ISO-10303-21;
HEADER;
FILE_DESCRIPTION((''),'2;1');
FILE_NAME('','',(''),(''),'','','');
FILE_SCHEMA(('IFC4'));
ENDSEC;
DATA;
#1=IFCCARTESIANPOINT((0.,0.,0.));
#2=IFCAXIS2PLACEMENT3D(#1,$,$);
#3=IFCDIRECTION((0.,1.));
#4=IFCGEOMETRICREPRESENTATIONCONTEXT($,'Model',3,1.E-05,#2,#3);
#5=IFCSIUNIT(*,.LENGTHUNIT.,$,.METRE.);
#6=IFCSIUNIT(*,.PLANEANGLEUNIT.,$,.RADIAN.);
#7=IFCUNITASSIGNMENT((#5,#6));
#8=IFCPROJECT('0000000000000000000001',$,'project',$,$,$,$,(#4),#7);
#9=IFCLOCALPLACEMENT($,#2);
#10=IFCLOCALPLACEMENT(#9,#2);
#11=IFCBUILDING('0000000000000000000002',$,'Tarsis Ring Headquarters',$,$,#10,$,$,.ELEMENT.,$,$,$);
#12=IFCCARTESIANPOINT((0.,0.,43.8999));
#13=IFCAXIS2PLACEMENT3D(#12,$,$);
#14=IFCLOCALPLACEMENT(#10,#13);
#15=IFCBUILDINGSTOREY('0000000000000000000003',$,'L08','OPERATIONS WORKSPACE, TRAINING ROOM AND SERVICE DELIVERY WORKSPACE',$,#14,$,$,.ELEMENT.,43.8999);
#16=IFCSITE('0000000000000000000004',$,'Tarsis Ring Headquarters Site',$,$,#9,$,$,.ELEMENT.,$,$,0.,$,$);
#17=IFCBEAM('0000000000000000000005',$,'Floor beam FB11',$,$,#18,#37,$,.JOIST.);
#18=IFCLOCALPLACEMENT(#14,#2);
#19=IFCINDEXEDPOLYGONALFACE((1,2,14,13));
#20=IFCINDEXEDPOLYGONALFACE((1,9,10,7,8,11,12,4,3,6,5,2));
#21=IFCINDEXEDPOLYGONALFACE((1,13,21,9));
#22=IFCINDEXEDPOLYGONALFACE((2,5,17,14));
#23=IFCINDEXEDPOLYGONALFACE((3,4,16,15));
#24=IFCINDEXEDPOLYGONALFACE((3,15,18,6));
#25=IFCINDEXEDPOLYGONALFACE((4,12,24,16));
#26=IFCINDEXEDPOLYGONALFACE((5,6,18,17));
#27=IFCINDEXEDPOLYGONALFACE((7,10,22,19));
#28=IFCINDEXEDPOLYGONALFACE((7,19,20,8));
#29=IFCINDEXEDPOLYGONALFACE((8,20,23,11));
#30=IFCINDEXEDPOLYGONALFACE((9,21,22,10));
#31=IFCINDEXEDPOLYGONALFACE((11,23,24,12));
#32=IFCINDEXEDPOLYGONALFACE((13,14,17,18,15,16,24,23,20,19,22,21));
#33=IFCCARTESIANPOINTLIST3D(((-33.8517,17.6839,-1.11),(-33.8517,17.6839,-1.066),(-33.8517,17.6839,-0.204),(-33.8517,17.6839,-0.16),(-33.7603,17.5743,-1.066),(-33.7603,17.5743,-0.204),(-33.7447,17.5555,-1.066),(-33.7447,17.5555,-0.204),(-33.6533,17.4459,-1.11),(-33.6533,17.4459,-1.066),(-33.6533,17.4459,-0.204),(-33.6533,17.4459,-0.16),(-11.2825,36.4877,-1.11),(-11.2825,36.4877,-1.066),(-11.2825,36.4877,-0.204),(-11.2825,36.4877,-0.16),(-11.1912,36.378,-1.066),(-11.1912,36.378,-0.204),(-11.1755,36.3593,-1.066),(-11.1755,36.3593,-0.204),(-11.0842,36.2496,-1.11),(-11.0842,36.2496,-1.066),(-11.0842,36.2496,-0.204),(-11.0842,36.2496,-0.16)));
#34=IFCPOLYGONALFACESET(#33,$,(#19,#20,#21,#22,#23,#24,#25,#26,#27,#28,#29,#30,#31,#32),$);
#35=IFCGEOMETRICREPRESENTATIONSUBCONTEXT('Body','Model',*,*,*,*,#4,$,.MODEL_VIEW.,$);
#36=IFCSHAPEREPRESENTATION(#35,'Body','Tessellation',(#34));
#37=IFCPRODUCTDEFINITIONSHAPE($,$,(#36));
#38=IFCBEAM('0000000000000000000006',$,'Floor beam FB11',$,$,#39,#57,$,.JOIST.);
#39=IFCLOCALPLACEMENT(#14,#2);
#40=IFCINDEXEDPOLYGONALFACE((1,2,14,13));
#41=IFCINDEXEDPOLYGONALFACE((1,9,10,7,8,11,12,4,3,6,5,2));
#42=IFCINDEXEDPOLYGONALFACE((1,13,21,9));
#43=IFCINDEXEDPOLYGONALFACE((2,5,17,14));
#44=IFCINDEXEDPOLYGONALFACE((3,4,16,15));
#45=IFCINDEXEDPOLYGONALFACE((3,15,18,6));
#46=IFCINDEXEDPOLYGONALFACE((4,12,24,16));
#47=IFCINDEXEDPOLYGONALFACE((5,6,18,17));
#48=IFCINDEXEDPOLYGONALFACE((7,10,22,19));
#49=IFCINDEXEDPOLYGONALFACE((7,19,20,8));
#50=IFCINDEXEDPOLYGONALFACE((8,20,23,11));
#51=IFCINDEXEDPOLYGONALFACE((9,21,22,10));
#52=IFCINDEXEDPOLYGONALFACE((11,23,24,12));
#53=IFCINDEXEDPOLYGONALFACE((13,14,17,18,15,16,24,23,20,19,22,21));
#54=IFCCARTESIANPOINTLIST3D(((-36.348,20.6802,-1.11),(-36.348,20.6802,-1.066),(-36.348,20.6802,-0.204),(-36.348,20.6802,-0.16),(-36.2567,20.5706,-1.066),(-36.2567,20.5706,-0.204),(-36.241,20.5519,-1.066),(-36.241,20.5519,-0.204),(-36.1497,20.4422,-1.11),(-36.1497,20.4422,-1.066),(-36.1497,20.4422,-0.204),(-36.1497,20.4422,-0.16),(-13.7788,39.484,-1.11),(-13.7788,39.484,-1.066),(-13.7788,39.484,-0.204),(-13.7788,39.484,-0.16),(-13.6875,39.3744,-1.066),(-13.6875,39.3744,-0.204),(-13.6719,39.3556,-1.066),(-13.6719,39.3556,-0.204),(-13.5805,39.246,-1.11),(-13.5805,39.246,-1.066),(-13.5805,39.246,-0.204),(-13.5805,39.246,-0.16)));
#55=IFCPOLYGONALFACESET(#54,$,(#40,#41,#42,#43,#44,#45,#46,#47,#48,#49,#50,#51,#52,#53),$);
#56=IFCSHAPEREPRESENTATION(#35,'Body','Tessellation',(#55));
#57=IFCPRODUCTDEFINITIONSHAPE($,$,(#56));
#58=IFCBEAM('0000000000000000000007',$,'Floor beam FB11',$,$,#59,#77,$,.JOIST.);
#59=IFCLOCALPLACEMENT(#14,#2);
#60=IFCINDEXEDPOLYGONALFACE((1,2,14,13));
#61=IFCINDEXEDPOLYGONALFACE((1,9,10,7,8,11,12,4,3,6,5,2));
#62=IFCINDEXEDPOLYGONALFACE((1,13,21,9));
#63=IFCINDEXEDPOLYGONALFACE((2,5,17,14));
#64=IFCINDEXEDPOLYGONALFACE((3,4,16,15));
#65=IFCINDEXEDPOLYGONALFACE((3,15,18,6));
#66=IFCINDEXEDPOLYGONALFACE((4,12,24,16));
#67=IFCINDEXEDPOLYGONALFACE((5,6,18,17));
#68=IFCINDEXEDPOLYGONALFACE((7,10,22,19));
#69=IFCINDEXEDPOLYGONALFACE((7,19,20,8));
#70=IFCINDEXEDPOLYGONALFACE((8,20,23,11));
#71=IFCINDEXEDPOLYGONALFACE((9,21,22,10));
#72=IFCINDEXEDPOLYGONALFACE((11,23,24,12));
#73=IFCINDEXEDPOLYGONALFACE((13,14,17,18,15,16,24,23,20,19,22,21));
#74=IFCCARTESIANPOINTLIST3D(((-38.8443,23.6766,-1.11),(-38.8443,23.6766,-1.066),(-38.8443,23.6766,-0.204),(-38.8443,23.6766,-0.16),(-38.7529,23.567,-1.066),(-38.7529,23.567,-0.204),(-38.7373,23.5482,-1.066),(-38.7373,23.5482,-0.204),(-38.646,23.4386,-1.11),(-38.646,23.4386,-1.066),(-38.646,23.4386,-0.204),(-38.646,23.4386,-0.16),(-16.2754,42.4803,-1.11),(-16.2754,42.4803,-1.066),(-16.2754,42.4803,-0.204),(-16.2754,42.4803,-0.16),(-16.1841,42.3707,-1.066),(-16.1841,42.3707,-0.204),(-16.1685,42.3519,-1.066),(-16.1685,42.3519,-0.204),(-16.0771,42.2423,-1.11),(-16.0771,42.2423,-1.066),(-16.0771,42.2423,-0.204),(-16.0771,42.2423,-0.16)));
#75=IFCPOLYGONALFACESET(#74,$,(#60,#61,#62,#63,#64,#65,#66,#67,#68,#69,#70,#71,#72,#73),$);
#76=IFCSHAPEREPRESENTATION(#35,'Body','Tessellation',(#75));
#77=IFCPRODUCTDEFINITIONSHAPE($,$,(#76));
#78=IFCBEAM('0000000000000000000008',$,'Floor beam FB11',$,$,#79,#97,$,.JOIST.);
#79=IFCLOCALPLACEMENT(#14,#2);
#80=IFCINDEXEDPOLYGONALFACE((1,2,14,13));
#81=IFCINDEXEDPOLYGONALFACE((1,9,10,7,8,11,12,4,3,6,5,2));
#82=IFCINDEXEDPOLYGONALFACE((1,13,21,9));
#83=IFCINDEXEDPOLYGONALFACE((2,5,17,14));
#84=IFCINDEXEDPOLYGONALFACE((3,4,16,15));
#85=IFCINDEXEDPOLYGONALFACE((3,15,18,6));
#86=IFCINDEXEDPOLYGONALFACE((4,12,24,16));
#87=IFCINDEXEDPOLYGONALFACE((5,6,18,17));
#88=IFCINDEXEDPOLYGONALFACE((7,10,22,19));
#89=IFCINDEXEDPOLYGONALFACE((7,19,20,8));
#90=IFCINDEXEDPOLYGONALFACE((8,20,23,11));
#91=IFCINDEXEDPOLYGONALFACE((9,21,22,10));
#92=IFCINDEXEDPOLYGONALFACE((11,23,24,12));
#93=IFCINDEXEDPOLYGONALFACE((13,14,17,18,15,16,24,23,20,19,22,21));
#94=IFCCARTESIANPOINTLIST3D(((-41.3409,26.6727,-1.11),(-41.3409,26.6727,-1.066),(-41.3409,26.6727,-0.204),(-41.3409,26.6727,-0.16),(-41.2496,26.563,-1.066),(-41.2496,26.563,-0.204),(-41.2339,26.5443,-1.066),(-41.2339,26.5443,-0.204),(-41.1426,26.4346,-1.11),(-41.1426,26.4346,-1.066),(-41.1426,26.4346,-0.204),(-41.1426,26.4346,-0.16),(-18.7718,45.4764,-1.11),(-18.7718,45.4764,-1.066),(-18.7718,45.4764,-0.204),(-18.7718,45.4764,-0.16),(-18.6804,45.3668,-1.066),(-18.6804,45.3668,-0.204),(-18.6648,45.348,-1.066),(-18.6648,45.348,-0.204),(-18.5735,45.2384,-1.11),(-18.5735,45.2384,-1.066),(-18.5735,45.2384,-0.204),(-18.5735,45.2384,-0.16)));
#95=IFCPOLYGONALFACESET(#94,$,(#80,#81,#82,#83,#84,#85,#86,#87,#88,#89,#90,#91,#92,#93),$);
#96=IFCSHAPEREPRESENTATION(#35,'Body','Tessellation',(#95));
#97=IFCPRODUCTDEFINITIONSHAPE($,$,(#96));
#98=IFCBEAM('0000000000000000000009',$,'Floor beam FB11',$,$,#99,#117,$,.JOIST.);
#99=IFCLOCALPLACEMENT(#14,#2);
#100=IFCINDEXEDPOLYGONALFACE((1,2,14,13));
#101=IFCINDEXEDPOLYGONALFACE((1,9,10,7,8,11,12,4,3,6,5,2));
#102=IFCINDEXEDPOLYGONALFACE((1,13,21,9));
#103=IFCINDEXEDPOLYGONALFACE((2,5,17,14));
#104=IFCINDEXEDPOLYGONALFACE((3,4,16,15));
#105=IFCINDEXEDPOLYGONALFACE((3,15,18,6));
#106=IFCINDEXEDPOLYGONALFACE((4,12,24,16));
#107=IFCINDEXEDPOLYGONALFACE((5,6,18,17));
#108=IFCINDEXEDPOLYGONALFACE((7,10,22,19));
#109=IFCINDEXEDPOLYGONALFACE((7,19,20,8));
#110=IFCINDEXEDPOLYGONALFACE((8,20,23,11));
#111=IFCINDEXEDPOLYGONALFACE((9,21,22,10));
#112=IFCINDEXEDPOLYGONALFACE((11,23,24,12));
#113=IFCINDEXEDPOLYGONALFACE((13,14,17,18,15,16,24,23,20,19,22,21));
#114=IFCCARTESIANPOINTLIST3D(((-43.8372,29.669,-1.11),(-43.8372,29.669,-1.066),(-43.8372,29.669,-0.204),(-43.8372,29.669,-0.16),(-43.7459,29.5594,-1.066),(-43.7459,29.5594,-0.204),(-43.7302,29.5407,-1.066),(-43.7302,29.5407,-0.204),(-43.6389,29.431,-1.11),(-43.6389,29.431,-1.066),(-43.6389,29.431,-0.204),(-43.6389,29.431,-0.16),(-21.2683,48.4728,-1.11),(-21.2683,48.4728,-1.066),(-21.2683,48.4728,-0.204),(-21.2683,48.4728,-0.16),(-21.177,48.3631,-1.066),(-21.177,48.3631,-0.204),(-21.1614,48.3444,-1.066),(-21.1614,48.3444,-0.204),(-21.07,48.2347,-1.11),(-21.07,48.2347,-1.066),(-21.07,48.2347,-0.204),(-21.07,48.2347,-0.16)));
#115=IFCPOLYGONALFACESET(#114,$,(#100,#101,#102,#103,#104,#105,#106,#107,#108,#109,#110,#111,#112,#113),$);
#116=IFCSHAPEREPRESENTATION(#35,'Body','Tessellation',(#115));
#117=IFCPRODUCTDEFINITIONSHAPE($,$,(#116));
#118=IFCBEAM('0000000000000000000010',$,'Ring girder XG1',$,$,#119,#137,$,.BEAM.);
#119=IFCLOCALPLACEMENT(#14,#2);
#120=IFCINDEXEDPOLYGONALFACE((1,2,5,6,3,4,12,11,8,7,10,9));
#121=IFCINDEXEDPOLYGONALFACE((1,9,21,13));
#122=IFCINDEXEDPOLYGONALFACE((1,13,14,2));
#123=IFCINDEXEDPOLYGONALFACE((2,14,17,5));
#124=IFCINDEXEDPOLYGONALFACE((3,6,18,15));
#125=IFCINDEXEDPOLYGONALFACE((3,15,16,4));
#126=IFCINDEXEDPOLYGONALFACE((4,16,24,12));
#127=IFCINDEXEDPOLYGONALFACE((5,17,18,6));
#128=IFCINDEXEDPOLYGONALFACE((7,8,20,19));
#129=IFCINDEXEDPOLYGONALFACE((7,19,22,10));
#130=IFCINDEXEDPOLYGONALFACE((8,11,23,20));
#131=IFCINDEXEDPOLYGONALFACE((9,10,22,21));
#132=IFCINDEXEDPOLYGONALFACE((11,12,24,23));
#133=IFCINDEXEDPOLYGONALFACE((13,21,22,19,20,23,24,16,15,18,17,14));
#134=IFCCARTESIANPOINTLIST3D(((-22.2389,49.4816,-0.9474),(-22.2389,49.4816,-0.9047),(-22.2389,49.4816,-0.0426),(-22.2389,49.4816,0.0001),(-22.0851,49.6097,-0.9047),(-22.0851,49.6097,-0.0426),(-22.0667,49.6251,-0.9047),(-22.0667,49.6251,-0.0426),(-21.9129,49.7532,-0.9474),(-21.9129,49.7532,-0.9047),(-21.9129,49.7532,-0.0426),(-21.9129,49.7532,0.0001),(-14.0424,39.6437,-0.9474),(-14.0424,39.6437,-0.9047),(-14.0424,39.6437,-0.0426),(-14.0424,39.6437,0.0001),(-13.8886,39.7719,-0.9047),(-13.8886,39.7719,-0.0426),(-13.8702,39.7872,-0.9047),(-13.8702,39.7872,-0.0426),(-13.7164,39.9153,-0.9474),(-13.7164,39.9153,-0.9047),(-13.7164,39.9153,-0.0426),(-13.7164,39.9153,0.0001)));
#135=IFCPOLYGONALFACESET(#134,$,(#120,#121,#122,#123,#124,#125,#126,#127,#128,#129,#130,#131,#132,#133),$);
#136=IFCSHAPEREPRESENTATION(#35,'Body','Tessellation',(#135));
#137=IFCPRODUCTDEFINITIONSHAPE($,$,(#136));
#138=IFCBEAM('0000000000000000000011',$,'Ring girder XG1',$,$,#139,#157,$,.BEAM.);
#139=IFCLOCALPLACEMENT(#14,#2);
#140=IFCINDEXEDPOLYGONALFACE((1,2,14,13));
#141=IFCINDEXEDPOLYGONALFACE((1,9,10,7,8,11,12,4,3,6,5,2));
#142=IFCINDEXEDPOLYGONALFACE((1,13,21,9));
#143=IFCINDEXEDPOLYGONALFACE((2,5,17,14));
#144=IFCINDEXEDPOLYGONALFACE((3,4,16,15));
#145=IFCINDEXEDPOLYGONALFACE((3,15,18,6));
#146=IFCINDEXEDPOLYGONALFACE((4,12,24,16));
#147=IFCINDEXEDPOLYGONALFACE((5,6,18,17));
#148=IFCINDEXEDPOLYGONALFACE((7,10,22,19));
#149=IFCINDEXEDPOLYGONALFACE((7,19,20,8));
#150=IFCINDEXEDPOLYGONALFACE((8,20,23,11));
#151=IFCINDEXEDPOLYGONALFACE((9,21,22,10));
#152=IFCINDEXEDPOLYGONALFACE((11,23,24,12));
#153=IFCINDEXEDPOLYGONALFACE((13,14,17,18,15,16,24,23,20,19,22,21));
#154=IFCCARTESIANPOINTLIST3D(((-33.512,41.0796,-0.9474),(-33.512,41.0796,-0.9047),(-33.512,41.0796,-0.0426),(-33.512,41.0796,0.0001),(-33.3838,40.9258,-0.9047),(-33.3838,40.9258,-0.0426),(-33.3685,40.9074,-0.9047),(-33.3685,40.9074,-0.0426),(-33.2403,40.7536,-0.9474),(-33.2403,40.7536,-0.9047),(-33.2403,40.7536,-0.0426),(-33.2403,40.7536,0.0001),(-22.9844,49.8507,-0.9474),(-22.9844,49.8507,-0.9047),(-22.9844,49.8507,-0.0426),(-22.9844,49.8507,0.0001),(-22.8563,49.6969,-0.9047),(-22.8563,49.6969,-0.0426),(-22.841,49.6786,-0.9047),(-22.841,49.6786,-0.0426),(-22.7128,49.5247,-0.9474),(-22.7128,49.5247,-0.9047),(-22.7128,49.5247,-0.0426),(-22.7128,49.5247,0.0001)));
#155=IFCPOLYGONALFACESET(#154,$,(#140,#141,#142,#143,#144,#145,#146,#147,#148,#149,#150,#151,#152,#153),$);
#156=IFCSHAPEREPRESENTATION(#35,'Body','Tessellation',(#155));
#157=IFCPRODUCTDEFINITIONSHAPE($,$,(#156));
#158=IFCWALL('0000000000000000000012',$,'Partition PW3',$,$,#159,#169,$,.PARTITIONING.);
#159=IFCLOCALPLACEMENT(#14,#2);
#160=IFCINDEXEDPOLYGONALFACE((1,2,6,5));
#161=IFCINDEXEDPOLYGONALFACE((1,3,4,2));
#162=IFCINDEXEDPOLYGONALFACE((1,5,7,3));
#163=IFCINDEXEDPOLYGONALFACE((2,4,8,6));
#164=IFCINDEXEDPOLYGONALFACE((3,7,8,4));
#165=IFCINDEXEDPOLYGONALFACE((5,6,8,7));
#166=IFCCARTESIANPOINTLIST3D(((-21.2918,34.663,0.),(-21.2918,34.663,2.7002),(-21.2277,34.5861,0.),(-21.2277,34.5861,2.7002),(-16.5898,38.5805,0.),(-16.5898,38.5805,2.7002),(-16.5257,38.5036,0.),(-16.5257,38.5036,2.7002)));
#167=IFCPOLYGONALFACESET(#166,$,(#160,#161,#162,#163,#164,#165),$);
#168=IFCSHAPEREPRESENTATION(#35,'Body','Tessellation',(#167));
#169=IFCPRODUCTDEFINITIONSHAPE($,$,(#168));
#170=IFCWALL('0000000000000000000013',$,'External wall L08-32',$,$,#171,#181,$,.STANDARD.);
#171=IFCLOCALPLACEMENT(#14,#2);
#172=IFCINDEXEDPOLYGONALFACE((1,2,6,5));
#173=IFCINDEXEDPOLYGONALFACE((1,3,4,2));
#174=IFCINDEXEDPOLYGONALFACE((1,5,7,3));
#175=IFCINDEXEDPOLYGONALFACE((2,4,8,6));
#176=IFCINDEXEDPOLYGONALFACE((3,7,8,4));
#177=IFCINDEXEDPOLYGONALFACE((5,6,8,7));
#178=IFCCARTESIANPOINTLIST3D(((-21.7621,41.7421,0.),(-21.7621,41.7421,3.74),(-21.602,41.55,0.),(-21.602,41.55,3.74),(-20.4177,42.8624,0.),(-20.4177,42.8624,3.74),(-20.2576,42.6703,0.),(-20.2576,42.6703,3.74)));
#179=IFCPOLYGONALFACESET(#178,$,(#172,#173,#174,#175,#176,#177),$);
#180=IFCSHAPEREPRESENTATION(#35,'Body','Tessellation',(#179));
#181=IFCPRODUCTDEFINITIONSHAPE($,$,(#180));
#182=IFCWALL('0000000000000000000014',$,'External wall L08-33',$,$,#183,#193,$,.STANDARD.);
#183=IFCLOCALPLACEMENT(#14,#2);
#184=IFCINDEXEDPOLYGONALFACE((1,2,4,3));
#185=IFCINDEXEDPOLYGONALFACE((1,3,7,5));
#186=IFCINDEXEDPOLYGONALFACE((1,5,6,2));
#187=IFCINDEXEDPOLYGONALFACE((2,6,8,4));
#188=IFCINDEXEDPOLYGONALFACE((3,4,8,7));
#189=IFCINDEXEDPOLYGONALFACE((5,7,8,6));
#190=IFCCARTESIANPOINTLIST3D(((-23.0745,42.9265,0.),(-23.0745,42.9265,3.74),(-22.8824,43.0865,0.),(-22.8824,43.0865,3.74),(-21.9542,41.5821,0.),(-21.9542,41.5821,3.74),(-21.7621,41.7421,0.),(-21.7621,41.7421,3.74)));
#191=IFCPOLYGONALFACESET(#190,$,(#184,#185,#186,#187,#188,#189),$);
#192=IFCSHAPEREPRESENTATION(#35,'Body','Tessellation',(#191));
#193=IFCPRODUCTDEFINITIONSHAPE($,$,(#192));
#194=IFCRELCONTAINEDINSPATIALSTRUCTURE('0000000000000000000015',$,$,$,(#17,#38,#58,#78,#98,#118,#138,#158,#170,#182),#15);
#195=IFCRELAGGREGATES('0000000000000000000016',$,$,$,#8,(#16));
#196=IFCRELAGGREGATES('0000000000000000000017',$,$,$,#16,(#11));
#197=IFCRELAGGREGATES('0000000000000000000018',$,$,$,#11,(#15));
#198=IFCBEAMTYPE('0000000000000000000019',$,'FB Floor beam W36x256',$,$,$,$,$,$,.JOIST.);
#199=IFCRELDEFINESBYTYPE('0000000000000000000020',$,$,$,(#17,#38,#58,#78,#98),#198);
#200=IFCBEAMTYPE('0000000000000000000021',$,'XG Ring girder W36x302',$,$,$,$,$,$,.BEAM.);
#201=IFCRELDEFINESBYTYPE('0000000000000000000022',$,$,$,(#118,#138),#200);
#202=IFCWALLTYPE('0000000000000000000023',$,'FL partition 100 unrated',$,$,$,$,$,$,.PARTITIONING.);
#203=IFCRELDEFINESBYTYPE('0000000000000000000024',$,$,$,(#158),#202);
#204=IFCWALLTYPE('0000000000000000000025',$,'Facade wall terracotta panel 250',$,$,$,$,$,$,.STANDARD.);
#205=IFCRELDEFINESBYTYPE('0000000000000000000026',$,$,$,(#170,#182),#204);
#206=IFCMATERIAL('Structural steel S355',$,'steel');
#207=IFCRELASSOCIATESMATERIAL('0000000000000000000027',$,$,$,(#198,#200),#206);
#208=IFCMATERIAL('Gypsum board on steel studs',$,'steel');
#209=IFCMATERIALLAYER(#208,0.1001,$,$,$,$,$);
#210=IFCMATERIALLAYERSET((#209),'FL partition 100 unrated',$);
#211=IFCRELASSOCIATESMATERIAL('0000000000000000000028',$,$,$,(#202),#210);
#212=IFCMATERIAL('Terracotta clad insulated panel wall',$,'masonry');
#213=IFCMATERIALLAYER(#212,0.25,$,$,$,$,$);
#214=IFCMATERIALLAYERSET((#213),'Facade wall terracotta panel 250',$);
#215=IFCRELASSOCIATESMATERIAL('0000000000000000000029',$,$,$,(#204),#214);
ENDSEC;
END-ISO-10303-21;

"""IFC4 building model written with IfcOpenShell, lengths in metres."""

from ifc_helpers import new_model, si_unit, direction, frame, frame_2d, origin, origin_2d, place, context, subcontext, project, spatial, rectangle, i_section, extrude, material, layer, layer_set, material_profile, profile_set, type_object, element, save


model = new_model("IFC4")

# Units and contexts
model_context = context("Model", 3, precision=1e-05, world=origin(), true_north=direction((0.0, 1.0)))
body_context = subcontext(model_context, "Body", "Model", "MODEL_VIEW")
ifc_project = project(units=[si_unit("LENGTHUNIT", "METRE"), si_unit("PLANEANGLEUNIT", "RADIAN")], contexts=[model_context])

# Site, building, storey
site_placement = place(None, origin())
site = spatial("IfcSite", under=ifc_project, at=site_placement, Name="Tarsis Ring Headquarters Site", CompositionType="ELEMENT", RefElevation=0.0)
building_placement = place(site_placement, origin())
building = spatial("IfcBuilding", under=site, at=building_placement, Name="Tarsis Ring Headquarters", CompositionType="ELEMENT")
storey_placement = place(building_placement, frame((0.0, 0.0, 43.8999)))
storey = spatial("IfcBuildingStorey", under=building, at=storey_placement, Name="L08", Description="OPERATIONS WORKSPACE, TRAINING ROOM AND SERVICE DELIVERY WORKSPACE", CompositionType="ELEMENT", Elevation=43.8999)

# Beams
ifc_material_1 = material(Name="Structural steel S355", Category="steel")
ifc_material_profile_1 = material_profile(ifc_material_1, i_section(OverallWidth=0.3098, OverallDepth=0.95, WebThickness=0.0244, FlangeThickness=0.0439, at=origin_2d()), Name="W36x256")
ifc_profile_set_1 = profile_set([ifc_material_profile_1], Name="Structural steel S355")
beam_type_1 = type_object("IfcBeamType", Name="FB Floor beam W36x256", PredefinedType="JOIST", material=ifc_profile_set_1)
for number, where, z_axis, x_axis, name in (
    (1, (-11.1833, 36.3687, -0.635), (-0.768286, -0.640107, 0.0), (0.640107, -0.768286, 0.0), "Floor beam FB11"),
    (2, (-13.6797, 39.365, -0.635), (-0.768286, -0.640107, 0.0), (0.640107, -0.768286, 0.0), "Floor beam FB11"),
):
    element("IfcBeam", number, at=place(storey_placement, frame(where, z_axis=z_axis, x_axis=x_axis)), inside=storey, type_object=beam_type_1, Name=name, PredefinedType="JOIST", context=body_context, shape_type="SweptSolid", body=[
        extrude(i_section(OverallWidth=0.3098, OverallDepth=0.95, WebThickness=0.0244, FlangeThickness=0.0439, at=origin_2d()), origin(), (0.0, 0.0, 1.0), 29.376),
    ])
beam_1_placement = place(storey_placement, frame((-16.1763, 42.3613, -0.635), z_axis=(-0.768283, -0.640111, 0.0), x_axis=(0.640111, -0.768283, 0.0)))
element("IfcBeam", 3, at=beam_1_placement, inside=storey, type_object=beam_type_1, Name="Floor beam FB11", PredefinedType="JOIST", context=body_context, shape_type="SweptSolid", body=[
    extrude(i_section(OverallWidth=0.3098, OverallDepth=0.95, WebThickness=0.0244, FlangeThickness=0.0439, at=origin_2d()), origin(), (0.0, 0.0, 1.0), 29.3757),
])
beam_2_placement = place(storey_placement, frame((-18.6726, 45.3574, -0.635), z_axis=(-0.768286, -0.640107, 0.0), x_axis=(0.640107, -0.768286, 0.0)))
element("IfcBeam", 4, at=beam_2_placement, inside=storey, type_object=beam_type_1, Name="Floor beam FB11", PredefinedType="JOIST", context=body_context, shape_type="SweptSolid", body=[
    extrude(i_section(OverallWidth=0.3098, OverallDepth=0.95, WebThickness=0.0244, FlangeThickness=0.0439, at=origin_2d()), origin(), (0.0, 0.0, 1.0), 29.376),
])
beam_3_placement = place(storey_placement, frame((-21.1692, 48.3538, -0.635), z_axis=(-0.768283, -0.640111, 0.0), x_axis=(0.640111, -0.768283, 0.0)))
element("IfcBeam", 5, at=beam_3_placement, inside=storey, type_object=beam_type_1, Name="Floor beam FB11", PredefinedType="JOIST", context=body_context, shape_type="SweptSolid", body=[
    extrude(i_section(OverallWidth=0.3098, OverallDepth=0.95, WebThickness=0.0244, FlangeThickness=0.0439, at=origin_2d()), origin(), (0.0, 0.0, 1.0), 29.3757),
])
ifc_material_profile_2 = material_profile(ifc_material_1, i_section(OverallWidth=0.4243, OverallDepth=0.9475, WebThickness=0.0239, FlangeThickness=0.0427, at=origin_2d()), Name="W36x302")
ifc_profile_set_2 = profile_set([ifc_material_profile_2], Name="Structural steel S355")
beam_type_2 = type_object("IfcBeamType", Name="XG Ring girder W36x302", PredefinedType="BEAM", material=ifc_profile_set_2)
beam_4_placement = place(storey_placement, frame((-13.8794, 39.7795, -0.4736), z_axis=(-0.640106, 0.768287, 0.0), x_axis=(-0.768287, -0.640106, 0.0)))
element("IfcBeam", 6, at=beam_4_placement, inside=storey, type_object=beam_type_2, Name="Ring girder XG1", PredefinedType="BEAM", context=body_context, shape_type="SweptSolid", body=[
    extrude(i_section(OverallWidth=0.4243, OverallDepth=0.9475, WebThickness=0.0239, FlangeThickness=0.0427, at=origin_2d()), origin(), (0.0, 0.0, 1.0), 12.8049),
])
beam_5_placement = place(storey_placement, frame((-22.8486, 49.6877, -0.4736), z_axis=(-0.768284, -0.640109, 0.0), x_axis=(0.640109, -0.768284, 0.0)))
element("IfcBeam", 7, at=beam_5_placement, inside=storey, type_object=beam_type_2, Name="Ring girder XG1", PredefinedType="BEAM", context=body_context, shape_type="SweptSolid", body=[
    extrude(i_section(OverallWidth=0.4243, OverallDepth=0.9475, WebThickness=0.0239, FlangeThickness=0.0427, at=origin_2d()), origin(), (0.0, 0.0, 1.0), 13.7026),
])

# Walls
ifc_material_2 = material(Name="Gypsum board on steel studs", Category="steel")
ifc_layer_1 = layer(ifc_material_2, 0.1001)
ifc_layer_set_1 = layer_set([ifc_layer_1], Name="FL partition 100 unrated")
wall_type_1 = type_object("IfcWallType", Name="FL partition 100 unrated", PredefinedType="PARTITIONING", material=ifc_layer_set_1)
wall_placement = place(storey_placement, frame((-21.2598, 34.6245, 0.0), z_axis=(0.0, 0.0, 1.0), x_axis=(0.768283, 0.64011, 0.0)))
element("IfcWall", 8, at=wall_placement, inside=storey, type_object=wall_type_1, Name="Partition PW3", PredefinedType="PARTITIONING", context=body_context, shape_type="SweptSolid", body=[
    extrude(rectangle(XDim=6.1201, YDim=0.1001, at=frame_2d((3.0601, 0.0))), origin(), (0.0, 0.0, 1.0), 2.7002),
])
ifc_material_3 = material(Name="Terracotta clad insulated panel wall", Category="masonry")
ifc_layer_2 = layer(ifc_material_3, 0.25)
ifc_layer_set_2 = layer_set([ifc_layer_2], Name="Facade wall terracotta panel 250")
wall_type_2 = type_object("IfcWallType", Name="Facade wall terracotta panel 250", PredefinedType="STANDARD", material=ifc_layer_set_2)
for number, where, z_axis, x_axis, name in (
    (9, (-20.3376, 42.7664, 0.0), (0.0, 0.0, 1.0), (-0.768233, -0.640171, 0.0), "External wall L08-32"),
    (10, (-21.8582, 41.6621, 0.0), (0.0, 0.0, 1.0), (-0.640171, 0.768233, 0.0), "External wall L08-33"),
):
    element("IfcWall", number, at=place(storey_placement, frame(where, z_axis=z_axis, x_axis=x_axis)), inside=storey, type_object=wall_type_2, Name=name, PredefinedType="STANDARD", context=body_context, shape_type="SweptSolid", body=[
        extrude(rectangle(XDim=1.75, YDim=0.25, at=frame_2d((0.875, 0.0))), origin(), (0.0, 0.0, 1.0), 3.74),
    ])

save(model, "model.ifc")
